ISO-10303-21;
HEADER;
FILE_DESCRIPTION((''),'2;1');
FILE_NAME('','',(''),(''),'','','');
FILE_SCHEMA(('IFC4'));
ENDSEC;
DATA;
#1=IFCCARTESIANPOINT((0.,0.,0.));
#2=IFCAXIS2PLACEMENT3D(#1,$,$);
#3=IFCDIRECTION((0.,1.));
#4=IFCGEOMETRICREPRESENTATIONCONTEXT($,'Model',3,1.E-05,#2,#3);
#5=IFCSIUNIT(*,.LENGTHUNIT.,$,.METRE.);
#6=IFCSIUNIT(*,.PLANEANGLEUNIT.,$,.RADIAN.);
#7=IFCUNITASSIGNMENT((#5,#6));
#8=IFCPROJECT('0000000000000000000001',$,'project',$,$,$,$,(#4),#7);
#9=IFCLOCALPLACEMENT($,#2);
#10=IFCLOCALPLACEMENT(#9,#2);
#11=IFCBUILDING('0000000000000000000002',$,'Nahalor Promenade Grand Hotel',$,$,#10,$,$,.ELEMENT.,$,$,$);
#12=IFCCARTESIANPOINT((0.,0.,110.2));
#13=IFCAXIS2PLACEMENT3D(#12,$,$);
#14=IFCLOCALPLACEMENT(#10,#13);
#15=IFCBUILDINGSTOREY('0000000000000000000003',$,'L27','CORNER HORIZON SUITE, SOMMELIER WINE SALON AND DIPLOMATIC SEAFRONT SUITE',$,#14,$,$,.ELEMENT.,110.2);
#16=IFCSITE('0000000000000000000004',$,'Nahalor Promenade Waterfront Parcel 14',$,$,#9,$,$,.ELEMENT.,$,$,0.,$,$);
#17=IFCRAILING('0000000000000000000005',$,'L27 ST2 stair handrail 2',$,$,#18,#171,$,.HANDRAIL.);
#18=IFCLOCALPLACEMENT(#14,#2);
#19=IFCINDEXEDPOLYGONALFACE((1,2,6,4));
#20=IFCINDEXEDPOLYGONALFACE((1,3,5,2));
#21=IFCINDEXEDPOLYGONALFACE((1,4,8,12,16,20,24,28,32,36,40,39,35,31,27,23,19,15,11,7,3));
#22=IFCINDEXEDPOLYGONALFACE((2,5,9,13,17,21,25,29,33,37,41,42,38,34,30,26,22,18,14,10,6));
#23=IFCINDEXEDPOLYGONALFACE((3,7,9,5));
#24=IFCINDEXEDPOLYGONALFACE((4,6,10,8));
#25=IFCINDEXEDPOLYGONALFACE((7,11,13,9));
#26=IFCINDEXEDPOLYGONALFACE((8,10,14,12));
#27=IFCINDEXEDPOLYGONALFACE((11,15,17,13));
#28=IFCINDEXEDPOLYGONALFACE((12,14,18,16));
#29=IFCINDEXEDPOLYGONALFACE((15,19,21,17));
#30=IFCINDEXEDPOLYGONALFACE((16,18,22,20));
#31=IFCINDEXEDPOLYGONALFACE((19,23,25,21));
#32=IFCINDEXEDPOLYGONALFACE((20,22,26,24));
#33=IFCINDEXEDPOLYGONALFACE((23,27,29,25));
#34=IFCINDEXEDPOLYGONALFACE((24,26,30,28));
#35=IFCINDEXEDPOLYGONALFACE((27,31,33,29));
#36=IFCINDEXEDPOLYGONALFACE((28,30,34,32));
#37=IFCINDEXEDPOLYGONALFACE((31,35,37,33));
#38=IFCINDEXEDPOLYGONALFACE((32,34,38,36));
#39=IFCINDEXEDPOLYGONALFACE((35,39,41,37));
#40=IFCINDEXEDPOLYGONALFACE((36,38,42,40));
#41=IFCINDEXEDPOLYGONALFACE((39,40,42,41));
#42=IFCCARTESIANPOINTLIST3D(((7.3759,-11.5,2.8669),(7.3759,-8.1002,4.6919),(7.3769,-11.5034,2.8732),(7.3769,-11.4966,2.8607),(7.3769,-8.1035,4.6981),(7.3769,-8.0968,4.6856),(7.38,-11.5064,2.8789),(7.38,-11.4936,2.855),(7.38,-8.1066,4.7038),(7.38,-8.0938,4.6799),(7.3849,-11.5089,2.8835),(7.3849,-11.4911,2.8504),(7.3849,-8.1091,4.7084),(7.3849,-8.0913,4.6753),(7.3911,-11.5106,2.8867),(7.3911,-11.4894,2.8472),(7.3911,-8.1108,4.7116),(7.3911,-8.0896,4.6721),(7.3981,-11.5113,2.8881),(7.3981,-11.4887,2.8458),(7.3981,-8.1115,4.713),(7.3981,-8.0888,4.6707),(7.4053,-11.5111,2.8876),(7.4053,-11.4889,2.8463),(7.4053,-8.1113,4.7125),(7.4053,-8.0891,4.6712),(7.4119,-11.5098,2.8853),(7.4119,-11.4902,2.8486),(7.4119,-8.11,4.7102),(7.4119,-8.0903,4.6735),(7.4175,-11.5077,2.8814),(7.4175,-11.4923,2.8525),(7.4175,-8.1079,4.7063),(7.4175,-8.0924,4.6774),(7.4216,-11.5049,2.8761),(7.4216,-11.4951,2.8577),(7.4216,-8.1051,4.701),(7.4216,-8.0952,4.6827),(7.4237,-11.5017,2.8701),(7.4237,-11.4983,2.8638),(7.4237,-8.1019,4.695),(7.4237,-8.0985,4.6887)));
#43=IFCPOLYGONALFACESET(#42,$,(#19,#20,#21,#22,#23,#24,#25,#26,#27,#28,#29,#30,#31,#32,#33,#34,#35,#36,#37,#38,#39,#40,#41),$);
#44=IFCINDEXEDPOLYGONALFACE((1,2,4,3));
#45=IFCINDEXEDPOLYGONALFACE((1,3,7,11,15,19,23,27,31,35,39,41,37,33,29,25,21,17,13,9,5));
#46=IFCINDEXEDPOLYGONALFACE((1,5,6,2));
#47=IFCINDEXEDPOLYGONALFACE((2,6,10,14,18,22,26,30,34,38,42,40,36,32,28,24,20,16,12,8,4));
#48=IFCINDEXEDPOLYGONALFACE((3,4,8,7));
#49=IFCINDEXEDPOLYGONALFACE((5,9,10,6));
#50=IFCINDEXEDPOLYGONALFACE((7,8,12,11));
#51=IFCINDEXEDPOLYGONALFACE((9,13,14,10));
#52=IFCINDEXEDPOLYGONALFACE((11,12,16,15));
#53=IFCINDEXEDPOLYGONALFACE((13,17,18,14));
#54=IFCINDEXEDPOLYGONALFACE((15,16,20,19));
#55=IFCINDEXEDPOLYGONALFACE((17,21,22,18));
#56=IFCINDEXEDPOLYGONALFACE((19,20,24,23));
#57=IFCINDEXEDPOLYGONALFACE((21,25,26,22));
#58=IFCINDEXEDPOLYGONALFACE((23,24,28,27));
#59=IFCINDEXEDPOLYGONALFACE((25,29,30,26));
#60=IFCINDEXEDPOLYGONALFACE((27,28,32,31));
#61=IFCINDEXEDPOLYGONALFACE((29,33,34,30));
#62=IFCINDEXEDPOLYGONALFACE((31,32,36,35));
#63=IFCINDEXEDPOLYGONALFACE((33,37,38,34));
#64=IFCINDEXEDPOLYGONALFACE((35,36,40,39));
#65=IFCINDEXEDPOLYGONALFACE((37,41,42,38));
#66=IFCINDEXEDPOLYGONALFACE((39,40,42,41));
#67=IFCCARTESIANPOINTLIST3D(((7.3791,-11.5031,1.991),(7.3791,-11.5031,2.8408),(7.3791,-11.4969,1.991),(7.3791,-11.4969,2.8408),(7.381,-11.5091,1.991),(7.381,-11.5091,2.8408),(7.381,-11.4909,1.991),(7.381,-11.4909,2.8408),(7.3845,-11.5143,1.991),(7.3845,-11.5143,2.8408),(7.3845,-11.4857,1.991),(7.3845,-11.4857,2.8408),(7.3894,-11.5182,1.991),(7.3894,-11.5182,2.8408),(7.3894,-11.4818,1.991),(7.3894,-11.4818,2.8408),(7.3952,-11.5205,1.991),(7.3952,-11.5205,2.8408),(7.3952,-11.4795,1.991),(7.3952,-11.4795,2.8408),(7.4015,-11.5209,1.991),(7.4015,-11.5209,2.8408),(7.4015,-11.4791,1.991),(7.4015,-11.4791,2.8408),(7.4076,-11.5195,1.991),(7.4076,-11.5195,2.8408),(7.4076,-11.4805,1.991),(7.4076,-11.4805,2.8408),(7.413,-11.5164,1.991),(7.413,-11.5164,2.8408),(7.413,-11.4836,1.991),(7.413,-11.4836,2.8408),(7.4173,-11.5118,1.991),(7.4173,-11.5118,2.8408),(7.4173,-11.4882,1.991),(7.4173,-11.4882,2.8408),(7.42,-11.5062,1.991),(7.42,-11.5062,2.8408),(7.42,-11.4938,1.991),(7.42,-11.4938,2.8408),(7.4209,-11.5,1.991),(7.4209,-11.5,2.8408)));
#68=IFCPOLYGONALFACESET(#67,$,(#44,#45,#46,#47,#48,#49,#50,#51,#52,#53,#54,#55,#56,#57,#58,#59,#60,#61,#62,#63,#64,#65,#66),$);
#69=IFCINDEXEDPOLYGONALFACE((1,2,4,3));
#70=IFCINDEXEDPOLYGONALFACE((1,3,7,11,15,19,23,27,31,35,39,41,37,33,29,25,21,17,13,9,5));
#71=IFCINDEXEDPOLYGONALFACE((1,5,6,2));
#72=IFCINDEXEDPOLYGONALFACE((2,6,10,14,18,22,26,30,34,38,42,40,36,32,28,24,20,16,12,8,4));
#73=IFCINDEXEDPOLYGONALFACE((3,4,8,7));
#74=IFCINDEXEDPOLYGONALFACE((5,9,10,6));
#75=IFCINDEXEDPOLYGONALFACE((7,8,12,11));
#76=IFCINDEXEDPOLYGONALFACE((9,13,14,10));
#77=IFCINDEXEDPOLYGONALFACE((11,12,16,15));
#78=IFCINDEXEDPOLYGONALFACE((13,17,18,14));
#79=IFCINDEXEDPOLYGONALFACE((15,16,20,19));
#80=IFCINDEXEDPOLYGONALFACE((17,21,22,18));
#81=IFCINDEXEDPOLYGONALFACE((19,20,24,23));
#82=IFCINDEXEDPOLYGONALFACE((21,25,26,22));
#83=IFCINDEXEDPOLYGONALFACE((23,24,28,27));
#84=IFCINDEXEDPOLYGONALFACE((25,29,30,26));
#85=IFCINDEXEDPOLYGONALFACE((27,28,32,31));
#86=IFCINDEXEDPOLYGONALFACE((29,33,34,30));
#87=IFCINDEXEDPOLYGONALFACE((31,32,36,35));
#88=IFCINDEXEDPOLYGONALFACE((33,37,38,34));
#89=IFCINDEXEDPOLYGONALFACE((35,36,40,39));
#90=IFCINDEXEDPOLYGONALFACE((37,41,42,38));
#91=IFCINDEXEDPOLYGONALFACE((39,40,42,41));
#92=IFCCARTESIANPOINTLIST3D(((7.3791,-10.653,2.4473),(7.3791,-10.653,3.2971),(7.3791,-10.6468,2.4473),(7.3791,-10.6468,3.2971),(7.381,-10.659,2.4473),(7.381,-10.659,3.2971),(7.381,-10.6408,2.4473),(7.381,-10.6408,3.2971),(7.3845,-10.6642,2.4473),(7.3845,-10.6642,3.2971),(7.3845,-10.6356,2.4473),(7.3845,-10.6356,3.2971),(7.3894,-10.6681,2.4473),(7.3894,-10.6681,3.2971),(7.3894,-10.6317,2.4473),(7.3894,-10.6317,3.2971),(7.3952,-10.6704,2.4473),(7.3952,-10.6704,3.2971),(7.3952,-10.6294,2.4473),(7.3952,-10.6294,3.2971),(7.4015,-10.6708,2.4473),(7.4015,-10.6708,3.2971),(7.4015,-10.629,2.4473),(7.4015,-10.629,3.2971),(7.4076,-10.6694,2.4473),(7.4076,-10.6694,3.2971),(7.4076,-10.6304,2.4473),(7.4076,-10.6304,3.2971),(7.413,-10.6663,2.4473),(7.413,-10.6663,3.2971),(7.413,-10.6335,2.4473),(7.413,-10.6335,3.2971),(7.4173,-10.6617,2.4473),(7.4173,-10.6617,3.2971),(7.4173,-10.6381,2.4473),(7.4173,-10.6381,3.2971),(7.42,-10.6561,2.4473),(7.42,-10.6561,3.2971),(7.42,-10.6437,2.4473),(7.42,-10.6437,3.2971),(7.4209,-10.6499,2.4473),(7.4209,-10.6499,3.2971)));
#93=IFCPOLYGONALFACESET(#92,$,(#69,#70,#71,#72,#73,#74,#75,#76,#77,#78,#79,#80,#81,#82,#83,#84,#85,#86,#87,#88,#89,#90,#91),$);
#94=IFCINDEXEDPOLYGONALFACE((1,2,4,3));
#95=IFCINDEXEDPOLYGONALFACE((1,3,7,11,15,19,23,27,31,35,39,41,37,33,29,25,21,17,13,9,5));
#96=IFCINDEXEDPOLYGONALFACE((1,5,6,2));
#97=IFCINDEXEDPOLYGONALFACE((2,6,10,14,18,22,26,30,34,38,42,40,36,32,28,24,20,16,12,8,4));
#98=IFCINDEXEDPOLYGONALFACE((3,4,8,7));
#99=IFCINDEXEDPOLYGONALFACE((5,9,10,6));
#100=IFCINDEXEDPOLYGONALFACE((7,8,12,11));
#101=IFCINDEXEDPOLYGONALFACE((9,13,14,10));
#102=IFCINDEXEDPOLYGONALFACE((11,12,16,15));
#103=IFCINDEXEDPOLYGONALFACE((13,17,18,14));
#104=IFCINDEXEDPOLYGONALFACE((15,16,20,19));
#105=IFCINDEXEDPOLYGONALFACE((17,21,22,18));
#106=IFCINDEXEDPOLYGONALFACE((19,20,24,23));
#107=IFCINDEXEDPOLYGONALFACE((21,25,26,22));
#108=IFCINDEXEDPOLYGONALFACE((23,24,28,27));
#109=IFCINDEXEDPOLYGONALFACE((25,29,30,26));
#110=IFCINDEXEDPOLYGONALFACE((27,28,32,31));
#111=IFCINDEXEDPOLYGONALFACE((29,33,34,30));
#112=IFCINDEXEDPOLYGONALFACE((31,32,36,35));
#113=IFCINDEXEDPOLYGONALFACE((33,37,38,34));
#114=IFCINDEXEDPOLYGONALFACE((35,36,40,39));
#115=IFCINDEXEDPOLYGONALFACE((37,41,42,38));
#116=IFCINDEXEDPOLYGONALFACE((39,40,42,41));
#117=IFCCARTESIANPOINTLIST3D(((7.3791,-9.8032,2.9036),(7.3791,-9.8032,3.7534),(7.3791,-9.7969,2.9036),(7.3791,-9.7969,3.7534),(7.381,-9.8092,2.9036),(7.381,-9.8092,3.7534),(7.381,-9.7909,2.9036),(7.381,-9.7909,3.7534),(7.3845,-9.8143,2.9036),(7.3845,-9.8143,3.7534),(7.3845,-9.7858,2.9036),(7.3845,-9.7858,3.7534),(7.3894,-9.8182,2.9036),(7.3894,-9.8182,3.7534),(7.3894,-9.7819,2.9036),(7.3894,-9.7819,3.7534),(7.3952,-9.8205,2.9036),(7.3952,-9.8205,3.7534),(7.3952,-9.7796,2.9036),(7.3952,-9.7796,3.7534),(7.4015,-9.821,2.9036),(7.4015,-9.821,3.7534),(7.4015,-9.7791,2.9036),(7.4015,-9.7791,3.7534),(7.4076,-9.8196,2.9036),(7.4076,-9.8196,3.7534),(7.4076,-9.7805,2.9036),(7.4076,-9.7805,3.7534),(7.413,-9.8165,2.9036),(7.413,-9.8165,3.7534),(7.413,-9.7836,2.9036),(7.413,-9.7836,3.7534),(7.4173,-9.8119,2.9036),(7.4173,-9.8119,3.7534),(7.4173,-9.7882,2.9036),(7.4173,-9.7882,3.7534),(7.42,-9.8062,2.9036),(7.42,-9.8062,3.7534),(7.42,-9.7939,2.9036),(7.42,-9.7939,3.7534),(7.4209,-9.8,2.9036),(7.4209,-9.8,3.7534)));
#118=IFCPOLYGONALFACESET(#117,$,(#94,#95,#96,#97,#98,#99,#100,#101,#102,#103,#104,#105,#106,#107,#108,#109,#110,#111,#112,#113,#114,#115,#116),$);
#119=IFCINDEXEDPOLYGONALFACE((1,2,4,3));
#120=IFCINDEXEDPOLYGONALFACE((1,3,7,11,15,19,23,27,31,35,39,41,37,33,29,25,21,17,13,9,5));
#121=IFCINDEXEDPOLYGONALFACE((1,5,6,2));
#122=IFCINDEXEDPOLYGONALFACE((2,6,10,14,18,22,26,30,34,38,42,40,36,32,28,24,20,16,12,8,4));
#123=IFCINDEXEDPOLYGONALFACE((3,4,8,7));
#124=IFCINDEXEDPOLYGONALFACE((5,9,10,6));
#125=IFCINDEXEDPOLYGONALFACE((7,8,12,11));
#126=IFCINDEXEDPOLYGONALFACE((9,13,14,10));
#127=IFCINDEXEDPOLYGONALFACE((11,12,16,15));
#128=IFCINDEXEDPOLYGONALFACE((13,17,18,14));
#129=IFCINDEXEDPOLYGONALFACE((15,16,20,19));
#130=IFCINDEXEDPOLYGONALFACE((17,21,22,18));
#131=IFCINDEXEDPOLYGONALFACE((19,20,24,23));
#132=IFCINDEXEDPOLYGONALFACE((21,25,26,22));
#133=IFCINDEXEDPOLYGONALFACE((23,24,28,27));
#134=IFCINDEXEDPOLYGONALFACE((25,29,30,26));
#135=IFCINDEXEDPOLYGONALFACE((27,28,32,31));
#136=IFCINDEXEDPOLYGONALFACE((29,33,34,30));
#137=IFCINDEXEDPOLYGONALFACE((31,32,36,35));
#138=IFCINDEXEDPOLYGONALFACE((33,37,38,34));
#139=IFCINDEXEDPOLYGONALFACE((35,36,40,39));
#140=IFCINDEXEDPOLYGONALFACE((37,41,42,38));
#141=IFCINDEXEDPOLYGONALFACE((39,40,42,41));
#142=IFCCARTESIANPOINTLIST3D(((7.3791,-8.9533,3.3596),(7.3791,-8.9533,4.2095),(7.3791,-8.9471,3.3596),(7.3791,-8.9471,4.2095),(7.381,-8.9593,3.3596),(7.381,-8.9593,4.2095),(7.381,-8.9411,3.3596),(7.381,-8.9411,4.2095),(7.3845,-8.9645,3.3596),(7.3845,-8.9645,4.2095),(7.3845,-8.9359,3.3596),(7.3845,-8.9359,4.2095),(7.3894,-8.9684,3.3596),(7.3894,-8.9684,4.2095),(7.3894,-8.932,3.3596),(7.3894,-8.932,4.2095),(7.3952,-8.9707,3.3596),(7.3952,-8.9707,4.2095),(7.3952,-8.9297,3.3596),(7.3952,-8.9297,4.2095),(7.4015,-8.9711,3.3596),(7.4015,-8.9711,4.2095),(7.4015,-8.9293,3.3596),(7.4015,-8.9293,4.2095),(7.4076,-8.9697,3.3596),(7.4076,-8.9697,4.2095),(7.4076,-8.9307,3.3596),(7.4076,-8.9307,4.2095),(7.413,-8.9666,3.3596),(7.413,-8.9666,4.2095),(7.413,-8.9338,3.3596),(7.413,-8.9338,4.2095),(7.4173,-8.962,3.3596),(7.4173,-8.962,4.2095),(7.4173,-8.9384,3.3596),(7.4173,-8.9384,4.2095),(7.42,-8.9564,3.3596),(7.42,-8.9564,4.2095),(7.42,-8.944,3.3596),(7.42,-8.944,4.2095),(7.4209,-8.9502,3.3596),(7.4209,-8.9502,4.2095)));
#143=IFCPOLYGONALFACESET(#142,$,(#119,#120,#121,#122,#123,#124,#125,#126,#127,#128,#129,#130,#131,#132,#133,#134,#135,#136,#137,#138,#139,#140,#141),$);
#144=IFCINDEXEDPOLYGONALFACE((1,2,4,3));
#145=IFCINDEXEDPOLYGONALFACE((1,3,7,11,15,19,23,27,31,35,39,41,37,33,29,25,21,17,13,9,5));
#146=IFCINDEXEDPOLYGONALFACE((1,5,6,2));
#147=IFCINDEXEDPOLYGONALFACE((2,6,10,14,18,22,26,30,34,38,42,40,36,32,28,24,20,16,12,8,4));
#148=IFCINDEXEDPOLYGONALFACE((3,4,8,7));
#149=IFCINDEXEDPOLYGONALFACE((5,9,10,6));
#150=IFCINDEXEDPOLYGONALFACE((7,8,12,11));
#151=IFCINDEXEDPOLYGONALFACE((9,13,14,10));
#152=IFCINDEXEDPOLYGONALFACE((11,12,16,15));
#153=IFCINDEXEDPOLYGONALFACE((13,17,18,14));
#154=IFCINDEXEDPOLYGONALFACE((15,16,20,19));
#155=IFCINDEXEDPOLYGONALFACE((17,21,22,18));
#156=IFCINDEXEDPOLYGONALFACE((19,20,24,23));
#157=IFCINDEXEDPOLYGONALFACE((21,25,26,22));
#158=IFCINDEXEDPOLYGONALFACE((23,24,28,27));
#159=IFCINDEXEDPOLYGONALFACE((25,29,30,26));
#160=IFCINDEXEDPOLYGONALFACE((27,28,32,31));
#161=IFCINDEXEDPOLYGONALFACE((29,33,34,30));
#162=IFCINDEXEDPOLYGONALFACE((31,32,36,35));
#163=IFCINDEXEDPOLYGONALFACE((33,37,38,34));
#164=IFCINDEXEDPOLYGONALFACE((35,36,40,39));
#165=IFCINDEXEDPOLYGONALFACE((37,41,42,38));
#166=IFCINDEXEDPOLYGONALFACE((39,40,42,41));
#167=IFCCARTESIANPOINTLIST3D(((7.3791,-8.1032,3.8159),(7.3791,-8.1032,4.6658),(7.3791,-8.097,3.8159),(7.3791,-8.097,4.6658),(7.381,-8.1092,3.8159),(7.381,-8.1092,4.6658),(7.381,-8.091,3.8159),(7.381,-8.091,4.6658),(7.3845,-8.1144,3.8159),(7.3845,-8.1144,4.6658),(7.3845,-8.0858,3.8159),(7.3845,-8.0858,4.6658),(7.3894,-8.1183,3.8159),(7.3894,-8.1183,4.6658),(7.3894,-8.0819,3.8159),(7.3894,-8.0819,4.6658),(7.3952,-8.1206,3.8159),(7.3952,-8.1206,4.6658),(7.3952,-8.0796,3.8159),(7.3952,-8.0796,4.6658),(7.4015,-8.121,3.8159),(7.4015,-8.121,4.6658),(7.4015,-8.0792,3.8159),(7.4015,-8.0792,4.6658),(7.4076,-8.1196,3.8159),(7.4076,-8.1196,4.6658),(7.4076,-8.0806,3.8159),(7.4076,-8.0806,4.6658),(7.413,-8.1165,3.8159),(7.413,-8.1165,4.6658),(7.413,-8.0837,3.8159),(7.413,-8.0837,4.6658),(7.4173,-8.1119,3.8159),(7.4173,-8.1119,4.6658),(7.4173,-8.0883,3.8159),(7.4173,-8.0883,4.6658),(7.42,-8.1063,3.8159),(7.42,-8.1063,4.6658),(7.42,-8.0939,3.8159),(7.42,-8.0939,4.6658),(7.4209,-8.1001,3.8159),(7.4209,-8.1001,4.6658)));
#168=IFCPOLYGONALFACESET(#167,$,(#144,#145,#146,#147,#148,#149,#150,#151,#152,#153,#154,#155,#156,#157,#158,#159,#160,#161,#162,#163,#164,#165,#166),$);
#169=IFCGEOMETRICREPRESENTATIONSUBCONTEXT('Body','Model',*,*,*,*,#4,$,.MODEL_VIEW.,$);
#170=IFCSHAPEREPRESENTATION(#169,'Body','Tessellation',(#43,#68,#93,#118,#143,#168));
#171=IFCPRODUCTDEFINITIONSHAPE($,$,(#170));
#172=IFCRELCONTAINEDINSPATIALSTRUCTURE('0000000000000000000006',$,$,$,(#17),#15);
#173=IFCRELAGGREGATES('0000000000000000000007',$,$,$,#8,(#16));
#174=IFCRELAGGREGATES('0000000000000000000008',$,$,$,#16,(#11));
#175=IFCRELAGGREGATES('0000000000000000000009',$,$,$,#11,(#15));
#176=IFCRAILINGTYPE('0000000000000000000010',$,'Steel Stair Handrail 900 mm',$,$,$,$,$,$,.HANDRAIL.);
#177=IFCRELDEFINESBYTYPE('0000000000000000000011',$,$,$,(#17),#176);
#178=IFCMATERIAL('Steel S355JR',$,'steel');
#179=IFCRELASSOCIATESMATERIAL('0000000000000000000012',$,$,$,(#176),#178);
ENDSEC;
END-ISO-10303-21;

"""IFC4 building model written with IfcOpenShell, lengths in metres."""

from ifc_helpers import new_model, si_unit, direction, frame, origin, origin_2d, place, context, subcontext, project, spatial, circle, extrude, material, type_object, element, save


model = new_model("IFC4")

# Units and contexts
model_context = context("Model", 3, precision=1e-05, world=origin(), true_north=direction((0.0, 1.0)))
body_context = subcontext(model_context, "Body", "Model", "MODEL_VIEW")
ifc_project = project(units=[si_unit("LENGTHUNIT", "METRE"), si_unit("PLANEANGLEUNIT", "RADIAN")], contexts=[model_context])

# Site, building, storey
site_placement = place(None, origin())
site = spatial("IfcSite", under=ifc_project, at=site_placement, Name="Nahalor Promenade Waterfront Parcel 14", CompositionType="ELEMENT", RefElevation=0.0)
building_placement = place(site_placement, origin())
building = spatial("IfcBuilding", under=site, at=building_placement, Name="Nahalor Promenade Grand Hotel", CompositionType="ELEMENT")
storey_placement = place(building_placement, frame((0.0, 0.0, 110.2)))
storey = spatial("IfcBuildingStorey", under=building, at=storey_placement, Name="L27", Description="CORNER HORIZON SUITE, SOMMELIER WINE SALON AND DIPLOMATIC SEAFRONT SUITE", CompositionType="ELEMENT", Elevation=110.2)

# Shared definitions
ifc_material_1 = material(Name="Steel S355JR", Category="steel")

# Railing
railing_type_1 = type_object("IfcRailingType", Name="Steel Stair Handrail 900 mm", PredefinedType="HANDRAIL", material=ifc_material_1)
railing_1_placement = place(storey_placement, frame((7.3999, -11.5, 1.991)))
element("IfcRailing", 1, at=railing_1_placement, inside=storey, type_object=railing_type_1, Name="L27 ST2 stair handrail 2", PredefinedType="HANDRAIL", context=body_context, shape_type="SweptSolid", body=[
    extrude(circle(Radius=0.024, at=origin_2d()), frame((0.0, 0.0, 0.876), z_axis=(0.0, 0.881094, 0.472941), x_axis=(-1.0, 0.0, 0.0)), (0.0, 0.0, 1.0), 3.8586),
    extrude(circle(Radius=0.021, at=origin_2d()), origin(), (0.0, 0.0, 1.0), 0.8499),
    extrude(circle(Radius=0.021, at=origin_2d()), frame((0.0, 0.8501, 0.4563)), (0.0, 0.0, 1.0), 0.8499),
    extrude(circle(Radius=0.021, at=origin_2d()), frame((0.0, 1.7, 0.9126)), (0.0, 0.0, 1.0), 0.8499),
    extrude(circle(Radius=0.021, at=origin_2d()), frame((0.0, 2.5498, 1.3687)), (0.0, 0.0, 1.0), 0.8499),
    extrude(circle(Radius=0.021, at=origin_2d()), frame((0.0, 3.3999, 1.825)), (0.0, 0.0, 1.0), 0.8499),
])

save(model, "model.ifc")
